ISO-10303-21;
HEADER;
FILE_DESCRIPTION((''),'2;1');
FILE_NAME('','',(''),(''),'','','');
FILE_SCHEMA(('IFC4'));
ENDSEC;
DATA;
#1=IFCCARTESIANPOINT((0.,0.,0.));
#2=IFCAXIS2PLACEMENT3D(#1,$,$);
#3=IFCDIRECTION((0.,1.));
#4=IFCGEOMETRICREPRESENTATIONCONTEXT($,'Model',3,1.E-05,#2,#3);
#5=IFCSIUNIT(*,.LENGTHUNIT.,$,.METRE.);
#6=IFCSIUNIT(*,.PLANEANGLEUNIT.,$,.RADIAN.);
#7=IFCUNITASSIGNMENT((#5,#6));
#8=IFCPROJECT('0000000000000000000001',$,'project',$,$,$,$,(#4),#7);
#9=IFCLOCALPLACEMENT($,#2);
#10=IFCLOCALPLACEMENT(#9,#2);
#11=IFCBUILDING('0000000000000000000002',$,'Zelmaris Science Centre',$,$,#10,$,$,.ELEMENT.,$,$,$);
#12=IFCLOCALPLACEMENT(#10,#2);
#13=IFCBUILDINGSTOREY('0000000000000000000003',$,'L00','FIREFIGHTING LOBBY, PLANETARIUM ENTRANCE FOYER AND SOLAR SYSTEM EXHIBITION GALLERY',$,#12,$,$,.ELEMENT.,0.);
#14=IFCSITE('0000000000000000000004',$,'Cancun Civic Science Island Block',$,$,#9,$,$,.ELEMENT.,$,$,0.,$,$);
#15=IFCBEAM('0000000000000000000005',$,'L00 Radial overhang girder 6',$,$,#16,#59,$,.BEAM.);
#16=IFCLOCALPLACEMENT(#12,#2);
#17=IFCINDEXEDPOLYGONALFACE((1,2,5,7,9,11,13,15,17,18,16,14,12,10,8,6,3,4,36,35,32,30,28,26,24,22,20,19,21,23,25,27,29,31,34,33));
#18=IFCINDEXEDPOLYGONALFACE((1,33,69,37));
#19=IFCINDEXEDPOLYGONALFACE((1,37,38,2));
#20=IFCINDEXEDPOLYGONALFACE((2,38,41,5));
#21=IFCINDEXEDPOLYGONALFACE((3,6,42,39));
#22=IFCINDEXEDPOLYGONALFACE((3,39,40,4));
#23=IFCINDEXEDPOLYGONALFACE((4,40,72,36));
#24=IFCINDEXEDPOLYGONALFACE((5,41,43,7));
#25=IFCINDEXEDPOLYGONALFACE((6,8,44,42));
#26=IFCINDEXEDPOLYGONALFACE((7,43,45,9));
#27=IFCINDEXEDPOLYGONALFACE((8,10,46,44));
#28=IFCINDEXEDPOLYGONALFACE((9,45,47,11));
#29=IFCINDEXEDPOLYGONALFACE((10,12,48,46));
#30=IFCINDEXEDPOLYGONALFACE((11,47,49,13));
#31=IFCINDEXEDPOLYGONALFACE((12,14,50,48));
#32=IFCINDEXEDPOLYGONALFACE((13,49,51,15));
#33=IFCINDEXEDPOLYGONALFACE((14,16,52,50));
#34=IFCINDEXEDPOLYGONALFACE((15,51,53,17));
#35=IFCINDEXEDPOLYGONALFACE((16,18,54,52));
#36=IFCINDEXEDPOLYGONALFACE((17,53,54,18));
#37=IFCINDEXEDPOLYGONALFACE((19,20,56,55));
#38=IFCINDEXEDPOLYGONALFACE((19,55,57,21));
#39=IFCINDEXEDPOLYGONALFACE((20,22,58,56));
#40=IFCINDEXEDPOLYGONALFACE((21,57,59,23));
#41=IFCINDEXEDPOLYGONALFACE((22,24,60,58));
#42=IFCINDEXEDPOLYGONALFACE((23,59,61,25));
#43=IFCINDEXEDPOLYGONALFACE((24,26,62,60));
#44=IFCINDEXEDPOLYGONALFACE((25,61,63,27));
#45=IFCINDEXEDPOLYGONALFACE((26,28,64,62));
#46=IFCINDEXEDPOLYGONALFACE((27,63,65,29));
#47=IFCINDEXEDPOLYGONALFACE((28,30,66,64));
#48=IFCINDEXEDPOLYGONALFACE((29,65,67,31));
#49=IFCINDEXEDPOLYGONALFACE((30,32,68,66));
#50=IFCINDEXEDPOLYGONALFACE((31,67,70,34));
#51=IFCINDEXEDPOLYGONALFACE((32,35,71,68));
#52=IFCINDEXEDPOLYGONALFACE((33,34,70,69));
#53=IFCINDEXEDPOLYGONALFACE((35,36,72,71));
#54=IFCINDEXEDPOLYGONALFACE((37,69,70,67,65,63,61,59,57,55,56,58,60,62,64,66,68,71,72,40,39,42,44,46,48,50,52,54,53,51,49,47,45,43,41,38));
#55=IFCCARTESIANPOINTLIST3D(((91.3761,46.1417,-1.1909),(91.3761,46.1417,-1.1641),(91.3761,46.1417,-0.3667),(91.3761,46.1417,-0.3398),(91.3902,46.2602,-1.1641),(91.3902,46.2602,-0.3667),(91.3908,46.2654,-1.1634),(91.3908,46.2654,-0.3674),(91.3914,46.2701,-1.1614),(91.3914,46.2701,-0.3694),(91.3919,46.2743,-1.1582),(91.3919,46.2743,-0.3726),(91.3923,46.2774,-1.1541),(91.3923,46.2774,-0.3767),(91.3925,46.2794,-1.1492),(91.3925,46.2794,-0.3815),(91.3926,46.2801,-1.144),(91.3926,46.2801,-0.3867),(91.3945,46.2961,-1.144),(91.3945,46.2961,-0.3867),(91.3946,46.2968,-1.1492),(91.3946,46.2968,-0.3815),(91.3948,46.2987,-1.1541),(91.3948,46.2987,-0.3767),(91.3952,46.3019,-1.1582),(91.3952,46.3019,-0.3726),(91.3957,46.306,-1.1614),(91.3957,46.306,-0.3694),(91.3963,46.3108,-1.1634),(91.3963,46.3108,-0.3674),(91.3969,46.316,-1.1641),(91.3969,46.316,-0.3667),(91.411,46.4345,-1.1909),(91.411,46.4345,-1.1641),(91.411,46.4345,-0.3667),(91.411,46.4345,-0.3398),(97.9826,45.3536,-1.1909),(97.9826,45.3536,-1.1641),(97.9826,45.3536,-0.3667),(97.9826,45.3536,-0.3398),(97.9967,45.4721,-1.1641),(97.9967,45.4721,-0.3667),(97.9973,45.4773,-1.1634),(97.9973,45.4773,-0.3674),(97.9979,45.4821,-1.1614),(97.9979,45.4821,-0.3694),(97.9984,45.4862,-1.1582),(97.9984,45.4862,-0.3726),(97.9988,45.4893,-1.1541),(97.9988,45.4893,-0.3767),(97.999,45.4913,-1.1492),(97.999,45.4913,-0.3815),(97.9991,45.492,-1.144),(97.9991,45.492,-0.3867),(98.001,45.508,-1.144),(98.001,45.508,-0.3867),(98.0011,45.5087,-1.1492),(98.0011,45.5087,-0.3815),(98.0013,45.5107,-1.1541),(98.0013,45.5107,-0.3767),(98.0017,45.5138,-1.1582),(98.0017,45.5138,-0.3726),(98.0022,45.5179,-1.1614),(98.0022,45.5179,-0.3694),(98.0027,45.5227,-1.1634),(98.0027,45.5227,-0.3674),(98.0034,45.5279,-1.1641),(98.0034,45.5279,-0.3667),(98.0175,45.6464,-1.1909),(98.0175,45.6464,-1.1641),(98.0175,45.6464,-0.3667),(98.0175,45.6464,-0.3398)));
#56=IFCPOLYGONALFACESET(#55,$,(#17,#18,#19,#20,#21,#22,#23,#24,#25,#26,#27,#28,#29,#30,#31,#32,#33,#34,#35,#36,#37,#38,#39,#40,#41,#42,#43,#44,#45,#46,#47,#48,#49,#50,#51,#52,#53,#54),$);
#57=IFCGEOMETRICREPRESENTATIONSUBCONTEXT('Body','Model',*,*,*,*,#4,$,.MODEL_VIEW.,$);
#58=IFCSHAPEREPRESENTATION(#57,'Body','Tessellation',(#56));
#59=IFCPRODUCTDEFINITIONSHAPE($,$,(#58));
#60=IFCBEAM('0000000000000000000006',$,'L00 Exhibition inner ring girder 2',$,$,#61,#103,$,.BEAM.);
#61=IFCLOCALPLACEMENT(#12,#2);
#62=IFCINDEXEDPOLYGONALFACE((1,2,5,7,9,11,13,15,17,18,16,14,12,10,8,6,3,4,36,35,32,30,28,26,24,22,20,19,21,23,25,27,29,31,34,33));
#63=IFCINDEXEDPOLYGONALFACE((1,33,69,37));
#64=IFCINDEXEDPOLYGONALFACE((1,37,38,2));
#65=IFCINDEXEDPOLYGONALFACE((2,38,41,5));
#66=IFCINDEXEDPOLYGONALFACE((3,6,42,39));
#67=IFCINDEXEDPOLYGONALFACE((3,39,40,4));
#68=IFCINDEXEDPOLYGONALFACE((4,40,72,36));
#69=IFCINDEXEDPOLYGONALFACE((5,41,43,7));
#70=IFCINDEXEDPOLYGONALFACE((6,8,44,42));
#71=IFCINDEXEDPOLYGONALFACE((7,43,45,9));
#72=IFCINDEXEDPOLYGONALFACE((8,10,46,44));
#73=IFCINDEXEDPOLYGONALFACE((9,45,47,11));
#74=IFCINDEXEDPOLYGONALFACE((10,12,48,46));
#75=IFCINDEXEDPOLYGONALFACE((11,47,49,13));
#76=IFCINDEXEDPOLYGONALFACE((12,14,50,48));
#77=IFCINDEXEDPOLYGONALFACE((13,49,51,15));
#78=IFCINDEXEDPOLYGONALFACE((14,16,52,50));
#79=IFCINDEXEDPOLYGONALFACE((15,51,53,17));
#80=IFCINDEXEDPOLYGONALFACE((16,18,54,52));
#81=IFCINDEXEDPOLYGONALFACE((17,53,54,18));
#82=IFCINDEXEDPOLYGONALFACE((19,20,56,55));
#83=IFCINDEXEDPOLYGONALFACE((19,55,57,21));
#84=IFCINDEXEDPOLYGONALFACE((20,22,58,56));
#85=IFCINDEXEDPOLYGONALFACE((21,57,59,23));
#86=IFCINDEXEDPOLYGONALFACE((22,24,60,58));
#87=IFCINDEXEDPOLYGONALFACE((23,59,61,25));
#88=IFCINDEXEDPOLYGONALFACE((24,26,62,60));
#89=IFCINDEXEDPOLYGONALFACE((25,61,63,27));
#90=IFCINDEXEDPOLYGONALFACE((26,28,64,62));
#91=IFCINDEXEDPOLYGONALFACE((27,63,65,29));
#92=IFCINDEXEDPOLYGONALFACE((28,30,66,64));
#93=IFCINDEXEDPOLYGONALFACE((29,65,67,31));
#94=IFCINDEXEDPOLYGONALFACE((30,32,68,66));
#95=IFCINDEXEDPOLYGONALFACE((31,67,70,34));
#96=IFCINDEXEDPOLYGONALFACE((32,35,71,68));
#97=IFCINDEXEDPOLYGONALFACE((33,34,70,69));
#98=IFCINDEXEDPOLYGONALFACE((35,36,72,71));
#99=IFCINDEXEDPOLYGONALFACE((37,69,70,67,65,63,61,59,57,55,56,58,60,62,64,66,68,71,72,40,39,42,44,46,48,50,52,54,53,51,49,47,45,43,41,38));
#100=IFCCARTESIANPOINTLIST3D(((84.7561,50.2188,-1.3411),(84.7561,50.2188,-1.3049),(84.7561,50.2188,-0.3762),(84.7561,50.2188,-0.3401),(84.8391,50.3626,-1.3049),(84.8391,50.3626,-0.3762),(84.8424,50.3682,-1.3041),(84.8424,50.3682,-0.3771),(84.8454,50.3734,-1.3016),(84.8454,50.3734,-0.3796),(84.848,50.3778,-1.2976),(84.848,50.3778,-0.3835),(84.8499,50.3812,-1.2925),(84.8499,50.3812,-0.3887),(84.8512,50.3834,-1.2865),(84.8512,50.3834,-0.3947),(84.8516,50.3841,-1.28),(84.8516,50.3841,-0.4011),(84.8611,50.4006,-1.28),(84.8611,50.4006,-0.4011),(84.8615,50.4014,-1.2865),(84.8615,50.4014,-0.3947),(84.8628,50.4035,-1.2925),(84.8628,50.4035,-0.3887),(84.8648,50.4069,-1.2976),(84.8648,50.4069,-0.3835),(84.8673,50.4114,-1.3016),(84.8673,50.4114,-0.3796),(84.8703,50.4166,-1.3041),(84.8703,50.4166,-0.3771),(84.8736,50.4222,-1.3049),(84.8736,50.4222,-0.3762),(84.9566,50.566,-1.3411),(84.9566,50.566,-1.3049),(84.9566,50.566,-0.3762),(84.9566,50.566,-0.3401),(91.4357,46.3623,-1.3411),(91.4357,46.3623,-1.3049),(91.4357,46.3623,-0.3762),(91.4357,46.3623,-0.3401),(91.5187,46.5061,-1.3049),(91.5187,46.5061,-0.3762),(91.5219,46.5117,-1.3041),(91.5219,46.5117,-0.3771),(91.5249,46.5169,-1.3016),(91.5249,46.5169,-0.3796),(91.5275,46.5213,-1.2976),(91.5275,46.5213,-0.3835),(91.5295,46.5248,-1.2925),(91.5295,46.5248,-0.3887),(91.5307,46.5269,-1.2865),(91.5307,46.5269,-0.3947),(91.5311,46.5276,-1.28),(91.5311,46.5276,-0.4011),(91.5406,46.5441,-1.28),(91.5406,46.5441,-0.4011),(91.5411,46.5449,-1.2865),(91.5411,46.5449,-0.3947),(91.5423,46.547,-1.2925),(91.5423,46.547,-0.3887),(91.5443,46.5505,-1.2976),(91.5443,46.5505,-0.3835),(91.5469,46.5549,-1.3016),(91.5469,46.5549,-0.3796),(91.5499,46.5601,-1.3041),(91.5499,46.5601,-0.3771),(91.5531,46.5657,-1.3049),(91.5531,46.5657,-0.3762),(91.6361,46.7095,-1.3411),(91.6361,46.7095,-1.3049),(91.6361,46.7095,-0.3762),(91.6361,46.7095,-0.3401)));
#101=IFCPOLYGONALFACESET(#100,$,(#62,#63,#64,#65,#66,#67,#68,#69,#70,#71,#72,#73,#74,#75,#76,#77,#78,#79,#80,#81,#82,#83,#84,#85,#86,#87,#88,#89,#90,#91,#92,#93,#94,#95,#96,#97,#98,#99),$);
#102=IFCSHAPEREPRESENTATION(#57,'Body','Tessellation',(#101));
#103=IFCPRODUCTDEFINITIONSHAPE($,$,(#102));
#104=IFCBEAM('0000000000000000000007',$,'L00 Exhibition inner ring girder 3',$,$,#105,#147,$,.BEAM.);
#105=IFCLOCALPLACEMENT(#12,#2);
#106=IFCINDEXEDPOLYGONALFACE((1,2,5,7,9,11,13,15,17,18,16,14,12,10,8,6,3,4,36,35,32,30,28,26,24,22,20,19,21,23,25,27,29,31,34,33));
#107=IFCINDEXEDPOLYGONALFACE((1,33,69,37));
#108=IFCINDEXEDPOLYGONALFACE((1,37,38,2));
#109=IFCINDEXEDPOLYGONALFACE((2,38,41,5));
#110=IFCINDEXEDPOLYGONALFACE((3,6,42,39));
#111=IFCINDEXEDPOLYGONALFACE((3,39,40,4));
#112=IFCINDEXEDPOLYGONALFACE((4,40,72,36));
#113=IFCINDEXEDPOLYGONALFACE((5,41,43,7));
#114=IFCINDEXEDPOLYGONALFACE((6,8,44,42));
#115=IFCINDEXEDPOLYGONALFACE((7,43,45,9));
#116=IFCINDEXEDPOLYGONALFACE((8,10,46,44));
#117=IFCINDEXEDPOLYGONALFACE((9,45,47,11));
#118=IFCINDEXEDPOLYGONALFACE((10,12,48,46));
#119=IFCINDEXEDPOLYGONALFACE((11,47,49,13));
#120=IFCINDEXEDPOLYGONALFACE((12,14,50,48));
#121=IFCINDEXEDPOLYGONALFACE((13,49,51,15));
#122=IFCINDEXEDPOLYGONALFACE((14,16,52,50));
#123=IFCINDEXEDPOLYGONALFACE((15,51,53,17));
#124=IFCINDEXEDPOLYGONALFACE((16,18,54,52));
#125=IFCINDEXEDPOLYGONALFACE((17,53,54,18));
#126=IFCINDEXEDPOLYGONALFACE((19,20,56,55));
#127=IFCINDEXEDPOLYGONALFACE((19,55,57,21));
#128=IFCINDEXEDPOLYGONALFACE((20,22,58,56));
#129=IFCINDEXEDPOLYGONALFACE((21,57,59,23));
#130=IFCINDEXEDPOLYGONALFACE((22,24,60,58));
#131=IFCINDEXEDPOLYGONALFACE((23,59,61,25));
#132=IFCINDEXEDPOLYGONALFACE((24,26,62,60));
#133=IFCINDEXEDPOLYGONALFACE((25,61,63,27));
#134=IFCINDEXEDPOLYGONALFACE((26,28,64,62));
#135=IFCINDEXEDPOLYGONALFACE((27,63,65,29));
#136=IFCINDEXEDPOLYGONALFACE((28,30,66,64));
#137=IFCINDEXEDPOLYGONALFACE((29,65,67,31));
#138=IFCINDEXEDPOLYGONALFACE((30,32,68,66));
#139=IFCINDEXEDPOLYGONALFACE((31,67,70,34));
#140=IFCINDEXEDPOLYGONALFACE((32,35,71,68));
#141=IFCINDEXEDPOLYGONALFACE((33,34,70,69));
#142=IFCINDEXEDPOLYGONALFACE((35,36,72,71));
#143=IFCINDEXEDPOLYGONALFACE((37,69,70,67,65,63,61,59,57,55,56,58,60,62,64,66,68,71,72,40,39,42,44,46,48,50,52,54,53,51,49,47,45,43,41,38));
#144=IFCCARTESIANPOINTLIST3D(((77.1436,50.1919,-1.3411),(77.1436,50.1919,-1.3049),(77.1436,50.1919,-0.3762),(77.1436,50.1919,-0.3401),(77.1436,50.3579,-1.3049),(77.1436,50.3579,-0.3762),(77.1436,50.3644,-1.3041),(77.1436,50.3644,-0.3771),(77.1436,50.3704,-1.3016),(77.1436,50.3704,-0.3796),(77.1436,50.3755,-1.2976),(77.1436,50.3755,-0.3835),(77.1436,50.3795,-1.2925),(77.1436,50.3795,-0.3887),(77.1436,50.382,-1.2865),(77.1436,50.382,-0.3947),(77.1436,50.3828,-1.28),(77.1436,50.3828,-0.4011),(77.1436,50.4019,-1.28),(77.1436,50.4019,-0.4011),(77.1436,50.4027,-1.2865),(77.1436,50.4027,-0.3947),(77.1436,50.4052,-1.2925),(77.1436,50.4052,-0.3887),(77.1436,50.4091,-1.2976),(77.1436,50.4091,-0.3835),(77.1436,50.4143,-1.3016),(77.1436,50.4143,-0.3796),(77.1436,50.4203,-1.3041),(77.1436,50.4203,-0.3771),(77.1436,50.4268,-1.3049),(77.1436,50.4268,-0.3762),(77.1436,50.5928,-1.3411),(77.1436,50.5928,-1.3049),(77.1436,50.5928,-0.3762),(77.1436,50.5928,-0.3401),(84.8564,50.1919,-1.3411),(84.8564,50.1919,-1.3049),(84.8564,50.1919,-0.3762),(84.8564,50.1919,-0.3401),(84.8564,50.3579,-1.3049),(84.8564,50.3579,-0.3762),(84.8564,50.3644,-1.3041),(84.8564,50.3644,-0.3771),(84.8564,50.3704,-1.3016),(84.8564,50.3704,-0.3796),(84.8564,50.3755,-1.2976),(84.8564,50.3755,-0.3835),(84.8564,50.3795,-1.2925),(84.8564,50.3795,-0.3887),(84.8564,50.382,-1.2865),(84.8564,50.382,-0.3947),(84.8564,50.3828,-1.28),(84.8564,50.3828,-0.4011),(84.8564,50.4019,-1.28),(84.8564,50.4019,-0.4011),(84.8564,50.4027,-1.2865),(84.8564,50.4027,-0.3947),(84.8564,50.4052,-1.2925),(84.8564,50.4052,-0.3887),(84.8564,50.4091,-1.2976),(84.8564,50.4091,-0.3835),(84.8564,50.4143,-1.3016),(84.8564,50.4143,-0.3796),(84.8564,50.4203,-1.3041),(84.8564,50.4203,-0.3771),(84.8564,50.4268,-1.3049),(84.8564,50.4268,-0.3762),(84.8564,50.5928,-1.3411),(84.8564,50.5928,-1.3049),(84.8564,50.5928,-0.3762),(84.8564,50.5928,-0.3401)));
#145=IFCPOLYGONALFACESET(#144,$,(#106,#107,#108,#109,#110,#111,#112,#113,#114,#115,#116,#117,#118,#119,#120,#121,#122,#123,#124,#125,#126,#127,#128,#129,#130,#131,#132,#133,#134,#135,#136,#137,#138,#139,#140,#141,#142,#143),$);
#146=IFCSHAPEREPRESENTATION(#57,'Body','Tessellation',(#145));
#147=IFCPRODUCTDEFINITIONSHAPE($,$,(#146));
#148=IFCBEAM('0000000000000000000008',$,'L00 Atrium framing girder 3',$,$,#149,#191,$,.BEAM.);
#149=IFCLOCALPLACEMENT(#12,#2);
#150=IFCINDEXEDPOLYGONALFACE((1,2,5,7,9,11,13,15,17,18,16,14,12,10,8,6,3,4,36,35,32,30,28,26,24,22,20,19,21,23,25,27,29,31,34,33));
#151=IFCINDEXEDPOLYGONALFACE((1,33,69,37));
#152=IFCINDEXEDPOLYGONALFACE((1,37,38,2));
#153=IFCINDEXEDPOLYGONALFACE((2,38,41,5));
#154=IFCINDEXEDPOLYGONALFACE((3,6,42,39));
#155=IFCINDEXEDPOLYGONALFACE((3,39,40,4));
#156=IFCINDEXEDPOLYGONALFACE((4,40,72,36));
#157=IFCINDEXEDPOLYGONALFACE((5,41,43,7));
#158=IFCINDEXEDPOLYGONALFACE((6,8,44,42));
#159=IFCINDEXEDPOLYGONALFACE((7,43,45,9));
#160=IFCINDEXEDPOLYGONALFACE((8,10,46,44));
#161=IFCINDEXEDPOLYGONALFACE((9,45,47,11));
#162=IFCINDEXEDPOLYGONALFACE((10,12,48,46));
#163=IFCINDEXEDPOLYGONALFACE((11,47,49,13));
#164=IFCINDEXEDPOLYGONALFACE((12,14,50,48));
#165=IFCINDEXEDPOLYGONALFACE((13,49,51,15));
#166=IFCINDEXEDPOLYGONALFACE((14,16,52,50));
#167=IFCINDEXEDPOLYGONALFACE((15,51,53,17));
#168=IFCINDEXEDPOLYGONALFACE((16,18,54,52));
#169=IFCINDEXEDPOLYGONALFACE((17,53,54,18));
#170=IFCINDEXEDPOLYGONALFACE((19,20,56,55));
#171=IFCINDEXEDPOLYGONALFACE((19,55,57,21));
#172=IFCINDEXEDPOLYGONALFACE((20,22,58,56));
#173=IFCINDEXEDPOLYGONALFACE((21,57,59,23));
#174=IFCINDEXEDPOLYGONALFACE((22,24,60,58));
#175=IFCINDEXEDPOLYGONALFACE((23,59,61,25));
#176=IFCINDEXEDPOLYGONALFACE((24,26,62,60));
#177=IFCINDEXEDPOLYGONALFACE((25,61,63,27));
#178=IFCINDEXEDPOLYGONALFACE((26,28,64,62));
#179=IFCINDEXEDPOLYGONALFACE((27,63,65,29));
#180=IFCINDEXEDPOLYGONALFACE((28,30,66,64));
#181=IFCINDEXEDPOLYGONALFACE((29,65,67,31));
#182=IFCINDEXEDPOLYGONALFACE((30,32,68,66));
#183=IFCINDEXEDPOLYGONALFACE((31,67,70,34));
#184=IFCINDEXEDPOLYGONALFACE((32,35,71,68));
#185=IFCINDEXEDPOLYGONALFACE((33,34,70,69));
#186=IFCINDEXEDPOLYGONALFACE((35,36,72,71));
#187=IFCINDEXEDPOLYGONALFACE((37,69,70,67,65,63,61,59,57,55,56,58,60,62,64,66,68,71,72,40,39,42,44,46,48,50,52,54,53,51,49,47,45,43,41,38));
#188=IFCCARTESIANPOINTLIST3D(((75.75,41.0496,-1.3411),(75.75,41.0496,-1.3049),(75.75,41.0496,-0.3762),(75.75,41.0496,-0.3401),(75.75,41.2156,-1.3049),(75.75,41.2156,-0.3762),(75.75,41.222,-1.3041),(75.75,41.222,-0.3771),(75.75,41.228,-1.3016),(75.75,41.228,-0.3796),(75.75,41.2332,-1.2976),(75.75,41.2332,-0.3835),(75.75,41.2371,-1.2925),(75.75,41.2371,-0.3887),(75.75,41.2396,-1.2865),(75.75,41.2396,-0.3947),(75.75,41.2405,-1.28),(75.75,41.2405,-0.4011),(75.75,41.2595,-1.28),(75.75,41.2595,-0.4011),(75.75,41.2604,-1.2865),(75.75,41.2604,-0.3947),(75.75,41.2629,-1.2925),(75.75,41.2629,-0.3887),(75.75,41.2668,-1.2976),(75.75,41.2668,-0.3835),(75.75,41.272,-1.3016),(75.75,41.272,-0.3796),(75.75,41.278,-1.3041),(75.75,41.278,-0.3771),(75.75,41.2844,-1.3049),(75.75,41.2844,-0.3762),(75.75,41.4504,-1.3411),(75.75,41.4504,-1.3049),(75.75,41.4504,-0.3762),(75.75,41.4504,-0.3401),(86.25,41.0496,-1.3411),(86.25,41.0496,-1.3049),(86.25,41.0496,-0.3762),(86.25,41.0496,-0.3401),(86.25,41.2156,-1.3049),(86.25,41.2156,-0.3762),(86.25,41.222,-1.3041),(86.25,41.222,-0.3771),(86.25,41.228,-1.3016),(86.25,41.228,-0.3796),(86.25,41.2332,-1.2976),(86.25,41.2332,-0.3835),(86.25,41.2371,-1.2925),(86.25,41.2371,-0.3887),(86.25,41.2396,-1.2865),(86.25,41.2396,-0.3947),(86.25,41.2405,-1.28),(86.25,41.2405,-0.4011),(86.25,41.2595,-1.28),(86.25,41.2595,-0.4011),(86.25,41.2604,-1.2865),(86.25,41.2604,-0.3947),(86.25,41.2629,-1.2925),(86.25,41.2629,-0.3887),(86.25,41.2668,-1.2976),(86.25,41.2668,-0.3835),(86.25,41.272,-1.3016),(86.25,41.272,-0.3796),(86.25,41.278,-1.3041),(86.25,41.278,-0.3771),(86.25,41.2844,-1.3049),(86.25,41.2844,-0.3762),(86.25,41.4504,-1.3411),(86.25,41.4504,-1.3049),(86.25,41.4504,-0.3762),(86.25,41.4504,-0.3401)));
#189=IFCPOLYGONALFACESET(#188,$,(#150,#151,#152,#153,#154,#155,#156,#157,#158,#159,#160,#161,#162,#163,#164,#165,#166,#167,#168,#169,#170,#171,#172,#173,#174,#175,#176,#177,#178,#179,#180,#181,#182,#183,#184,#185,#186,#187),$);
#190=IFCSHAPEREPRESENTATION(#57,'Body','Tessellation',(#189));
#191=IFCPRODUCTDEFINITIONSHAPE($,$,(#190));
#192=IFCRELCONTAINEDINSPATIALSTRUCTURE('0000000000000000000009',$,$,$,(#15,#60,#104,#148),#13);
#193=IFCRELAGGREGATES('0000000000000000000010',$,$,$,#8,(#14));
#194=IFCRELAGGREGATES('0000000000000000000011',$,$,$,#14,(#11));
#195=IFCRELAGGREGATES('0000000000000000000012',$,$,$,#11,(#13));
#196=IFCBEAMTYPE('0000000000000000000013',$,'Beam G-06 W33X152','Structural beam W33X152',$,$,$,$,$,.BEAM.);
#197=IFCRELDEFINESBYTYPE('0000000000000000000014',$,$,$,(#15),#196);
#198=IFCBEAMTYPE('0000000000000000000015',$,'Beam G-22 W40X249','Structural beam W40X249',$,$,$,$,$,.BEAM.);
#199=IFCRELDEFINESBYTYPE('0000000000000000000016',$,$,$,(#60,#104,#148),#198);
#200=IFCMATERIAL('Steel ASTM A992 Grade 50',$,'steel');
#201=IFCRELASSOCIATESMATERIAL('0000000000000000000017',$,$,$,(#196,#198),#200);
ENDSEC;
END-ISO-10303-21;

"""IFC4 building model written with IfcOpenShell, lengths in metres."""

from ifc_helpers import new_model, si_unit, direction, frame, origin, origin_2d, place, context, subcontext, project, spatial, i_section, extrude, material, material_profile, profile_set, type_object, element, save


model = new_model("IFC4")

# Units and contexts
model_context = context("Model", 3, precision=1e-05, world=origin(), true_north=direction((0.0, 1.0)))
body_context = subcontext(model_context, "Body", "Model", "MODEL_VIEW")
ifc_project = project(units=[si_unit("LENGTHUNIT", "METRE"), si_unit("PLANEANGLEUNIT", "RADIAN")], contexts=[model_context])

# Site, building, storey
site_placement = place(None, origin())
site = spatial("IfcSite", under=ifc_project, at=site_placement, Name="Cancun Civic Science Island Block", CompositionType="ELEMENT", RefElevation=0.0)
building_placement = place(site_placement, origin())
building = spatial("IfcBuilding", under=site, at=building_placement, Name="Zelmaris Science Centre", CompositionType="ELEMENT")
storey_placement = place(building_placement, origin())
storey = spatial("IfcBuildingStorey", under=building, at=storey_placement, Name="L00", Description="FIREFIGHTING LOBBY, PLANETARIUM ENTRANCE FOYER AND SOLAR SYSTEM EXHIBITION GALLERY", CompositionType="ELEMENT", Elevation=0.0)

# Shared definitions
ifc_material_1 = material(Name="Steel ASTM A992 Grade 50", Category="steel")

# Beams
ifc_material_profile_1 = material_profile(ifc_material_1, i_section(OverallWidth=0.2949, OverallDepth=0.8511, WebThickness=0.0161, FlangeThickness=0.0269, FilletRadius=0.02, at=origin_2d()), Name="W33X152")
ifc_profile_set_1 = profile_set([ifc_material_profile_1], Name="Steel ASTM A992 Grade 50")
beam_type_1 = type_object("IfcBeamType", Name="Beam G-06 W33X152", Description="Structural beam W33X152", PredefinedType="BEAM", material=ifc_profile_set_1)
beam_1_placement = place(storey_placement, frame((91.3936, 46.2881, -0.7654), z_axis=(0.99296, -0.118451, 0.0), x_axis=(0.118451, 0.99296, 0.0)))
element("IfcBeam", 1, at=beam_1_placement, inside=storey, type_object=beam_type_1, Name="L00 Radial overhang girder 6", PredefinedType="BEAM", context=body_context, shape_type="SweptSolid", body=[
    extrude(i_section(OverallWidth=0.2949, OverallDepth=0.8511, WebThickness=0.0161, FlangeThickness=0.0269, FilletRadius=0.02, at=origin_2d()), origin(), (0.0, 0.0, 1.0), 6.6533),
])
ifc_material_profile_2 = material_profile(ifc_material_1, i_section(OverallWidth=0.4009, OverallDepth=1.001, WebThickness=0.019, FlangeThickness=0.0361, FilletRadius=0.0249, at=origin_2d()), Name="W40X249")
ifc_profile_set_2 = profile_set([ifc_material_profile_2], Name="Steel ASTM A992 Grade 50")
beam_type_2 = type_object("IfcBeamType", Name="Beam G-22 W40X249", Description="Structural beam W40X249", PredefinedType="BEAM", material=ifc_profile_set_2)
for number, where, z_axis, x_axis, name in (
    (2, (91.5359, 46.5359, -0.8406), (-0.866022, 0.500007, 0.0), (-0.500007, -0.866022, 0.0), "L00 Exhibition inner ring girder 2"),
    (3, (84.8564, 50.3923, -0.8406), (-1.0, 0.0, 0.0), (0.0, -1.0, 0.0), "L00 Exhibition inner ring girder 3"),
):
    element("IfcBeam", number, at=place(storey_placement, frame(where, z_axis=z_axis, x_axis=x_axis)), inside=storey, type_object=beam_type_2, Name=name, PredefinedType="BEAM", context=body_context, shape_type="SweptSolid", body=[
        extrude(i_section(OverallWidth=0.4009, OverallDepth=1.001, WebThickness=0.019, FlangeThickness=0.0361, FilletRadius=0.0249, at=origin_2d()), origin(), (0.0, 0.0, 1.0), 7.7129),
    ])
beam_2_placement = place(storey_placement, frame((86.25, 41.25, -0.8406), z_axis=(-1.0, 0.0, 0.0), x_axis=(0.0, -1.0, 0.0)))
element("IfcBeam", 4, at=beam_2_placement, inside=storey, type_object=beam_type_2, Name="L00 Atrium framing girder 3", PredefinedType="BEAM", context=body_context, shape_type="SweptSolid", body=[
    extrude(i_section(OverallWidth=0.4009, OverallDepth=1.001, WebThickness=0.019, FlangeThickness=0.0361, FilletRadius=0.0249, at=origin_2d()), origin(), (0.0, 0.0, 1.0), 10.5),
])

save(model, "model.ifc")
